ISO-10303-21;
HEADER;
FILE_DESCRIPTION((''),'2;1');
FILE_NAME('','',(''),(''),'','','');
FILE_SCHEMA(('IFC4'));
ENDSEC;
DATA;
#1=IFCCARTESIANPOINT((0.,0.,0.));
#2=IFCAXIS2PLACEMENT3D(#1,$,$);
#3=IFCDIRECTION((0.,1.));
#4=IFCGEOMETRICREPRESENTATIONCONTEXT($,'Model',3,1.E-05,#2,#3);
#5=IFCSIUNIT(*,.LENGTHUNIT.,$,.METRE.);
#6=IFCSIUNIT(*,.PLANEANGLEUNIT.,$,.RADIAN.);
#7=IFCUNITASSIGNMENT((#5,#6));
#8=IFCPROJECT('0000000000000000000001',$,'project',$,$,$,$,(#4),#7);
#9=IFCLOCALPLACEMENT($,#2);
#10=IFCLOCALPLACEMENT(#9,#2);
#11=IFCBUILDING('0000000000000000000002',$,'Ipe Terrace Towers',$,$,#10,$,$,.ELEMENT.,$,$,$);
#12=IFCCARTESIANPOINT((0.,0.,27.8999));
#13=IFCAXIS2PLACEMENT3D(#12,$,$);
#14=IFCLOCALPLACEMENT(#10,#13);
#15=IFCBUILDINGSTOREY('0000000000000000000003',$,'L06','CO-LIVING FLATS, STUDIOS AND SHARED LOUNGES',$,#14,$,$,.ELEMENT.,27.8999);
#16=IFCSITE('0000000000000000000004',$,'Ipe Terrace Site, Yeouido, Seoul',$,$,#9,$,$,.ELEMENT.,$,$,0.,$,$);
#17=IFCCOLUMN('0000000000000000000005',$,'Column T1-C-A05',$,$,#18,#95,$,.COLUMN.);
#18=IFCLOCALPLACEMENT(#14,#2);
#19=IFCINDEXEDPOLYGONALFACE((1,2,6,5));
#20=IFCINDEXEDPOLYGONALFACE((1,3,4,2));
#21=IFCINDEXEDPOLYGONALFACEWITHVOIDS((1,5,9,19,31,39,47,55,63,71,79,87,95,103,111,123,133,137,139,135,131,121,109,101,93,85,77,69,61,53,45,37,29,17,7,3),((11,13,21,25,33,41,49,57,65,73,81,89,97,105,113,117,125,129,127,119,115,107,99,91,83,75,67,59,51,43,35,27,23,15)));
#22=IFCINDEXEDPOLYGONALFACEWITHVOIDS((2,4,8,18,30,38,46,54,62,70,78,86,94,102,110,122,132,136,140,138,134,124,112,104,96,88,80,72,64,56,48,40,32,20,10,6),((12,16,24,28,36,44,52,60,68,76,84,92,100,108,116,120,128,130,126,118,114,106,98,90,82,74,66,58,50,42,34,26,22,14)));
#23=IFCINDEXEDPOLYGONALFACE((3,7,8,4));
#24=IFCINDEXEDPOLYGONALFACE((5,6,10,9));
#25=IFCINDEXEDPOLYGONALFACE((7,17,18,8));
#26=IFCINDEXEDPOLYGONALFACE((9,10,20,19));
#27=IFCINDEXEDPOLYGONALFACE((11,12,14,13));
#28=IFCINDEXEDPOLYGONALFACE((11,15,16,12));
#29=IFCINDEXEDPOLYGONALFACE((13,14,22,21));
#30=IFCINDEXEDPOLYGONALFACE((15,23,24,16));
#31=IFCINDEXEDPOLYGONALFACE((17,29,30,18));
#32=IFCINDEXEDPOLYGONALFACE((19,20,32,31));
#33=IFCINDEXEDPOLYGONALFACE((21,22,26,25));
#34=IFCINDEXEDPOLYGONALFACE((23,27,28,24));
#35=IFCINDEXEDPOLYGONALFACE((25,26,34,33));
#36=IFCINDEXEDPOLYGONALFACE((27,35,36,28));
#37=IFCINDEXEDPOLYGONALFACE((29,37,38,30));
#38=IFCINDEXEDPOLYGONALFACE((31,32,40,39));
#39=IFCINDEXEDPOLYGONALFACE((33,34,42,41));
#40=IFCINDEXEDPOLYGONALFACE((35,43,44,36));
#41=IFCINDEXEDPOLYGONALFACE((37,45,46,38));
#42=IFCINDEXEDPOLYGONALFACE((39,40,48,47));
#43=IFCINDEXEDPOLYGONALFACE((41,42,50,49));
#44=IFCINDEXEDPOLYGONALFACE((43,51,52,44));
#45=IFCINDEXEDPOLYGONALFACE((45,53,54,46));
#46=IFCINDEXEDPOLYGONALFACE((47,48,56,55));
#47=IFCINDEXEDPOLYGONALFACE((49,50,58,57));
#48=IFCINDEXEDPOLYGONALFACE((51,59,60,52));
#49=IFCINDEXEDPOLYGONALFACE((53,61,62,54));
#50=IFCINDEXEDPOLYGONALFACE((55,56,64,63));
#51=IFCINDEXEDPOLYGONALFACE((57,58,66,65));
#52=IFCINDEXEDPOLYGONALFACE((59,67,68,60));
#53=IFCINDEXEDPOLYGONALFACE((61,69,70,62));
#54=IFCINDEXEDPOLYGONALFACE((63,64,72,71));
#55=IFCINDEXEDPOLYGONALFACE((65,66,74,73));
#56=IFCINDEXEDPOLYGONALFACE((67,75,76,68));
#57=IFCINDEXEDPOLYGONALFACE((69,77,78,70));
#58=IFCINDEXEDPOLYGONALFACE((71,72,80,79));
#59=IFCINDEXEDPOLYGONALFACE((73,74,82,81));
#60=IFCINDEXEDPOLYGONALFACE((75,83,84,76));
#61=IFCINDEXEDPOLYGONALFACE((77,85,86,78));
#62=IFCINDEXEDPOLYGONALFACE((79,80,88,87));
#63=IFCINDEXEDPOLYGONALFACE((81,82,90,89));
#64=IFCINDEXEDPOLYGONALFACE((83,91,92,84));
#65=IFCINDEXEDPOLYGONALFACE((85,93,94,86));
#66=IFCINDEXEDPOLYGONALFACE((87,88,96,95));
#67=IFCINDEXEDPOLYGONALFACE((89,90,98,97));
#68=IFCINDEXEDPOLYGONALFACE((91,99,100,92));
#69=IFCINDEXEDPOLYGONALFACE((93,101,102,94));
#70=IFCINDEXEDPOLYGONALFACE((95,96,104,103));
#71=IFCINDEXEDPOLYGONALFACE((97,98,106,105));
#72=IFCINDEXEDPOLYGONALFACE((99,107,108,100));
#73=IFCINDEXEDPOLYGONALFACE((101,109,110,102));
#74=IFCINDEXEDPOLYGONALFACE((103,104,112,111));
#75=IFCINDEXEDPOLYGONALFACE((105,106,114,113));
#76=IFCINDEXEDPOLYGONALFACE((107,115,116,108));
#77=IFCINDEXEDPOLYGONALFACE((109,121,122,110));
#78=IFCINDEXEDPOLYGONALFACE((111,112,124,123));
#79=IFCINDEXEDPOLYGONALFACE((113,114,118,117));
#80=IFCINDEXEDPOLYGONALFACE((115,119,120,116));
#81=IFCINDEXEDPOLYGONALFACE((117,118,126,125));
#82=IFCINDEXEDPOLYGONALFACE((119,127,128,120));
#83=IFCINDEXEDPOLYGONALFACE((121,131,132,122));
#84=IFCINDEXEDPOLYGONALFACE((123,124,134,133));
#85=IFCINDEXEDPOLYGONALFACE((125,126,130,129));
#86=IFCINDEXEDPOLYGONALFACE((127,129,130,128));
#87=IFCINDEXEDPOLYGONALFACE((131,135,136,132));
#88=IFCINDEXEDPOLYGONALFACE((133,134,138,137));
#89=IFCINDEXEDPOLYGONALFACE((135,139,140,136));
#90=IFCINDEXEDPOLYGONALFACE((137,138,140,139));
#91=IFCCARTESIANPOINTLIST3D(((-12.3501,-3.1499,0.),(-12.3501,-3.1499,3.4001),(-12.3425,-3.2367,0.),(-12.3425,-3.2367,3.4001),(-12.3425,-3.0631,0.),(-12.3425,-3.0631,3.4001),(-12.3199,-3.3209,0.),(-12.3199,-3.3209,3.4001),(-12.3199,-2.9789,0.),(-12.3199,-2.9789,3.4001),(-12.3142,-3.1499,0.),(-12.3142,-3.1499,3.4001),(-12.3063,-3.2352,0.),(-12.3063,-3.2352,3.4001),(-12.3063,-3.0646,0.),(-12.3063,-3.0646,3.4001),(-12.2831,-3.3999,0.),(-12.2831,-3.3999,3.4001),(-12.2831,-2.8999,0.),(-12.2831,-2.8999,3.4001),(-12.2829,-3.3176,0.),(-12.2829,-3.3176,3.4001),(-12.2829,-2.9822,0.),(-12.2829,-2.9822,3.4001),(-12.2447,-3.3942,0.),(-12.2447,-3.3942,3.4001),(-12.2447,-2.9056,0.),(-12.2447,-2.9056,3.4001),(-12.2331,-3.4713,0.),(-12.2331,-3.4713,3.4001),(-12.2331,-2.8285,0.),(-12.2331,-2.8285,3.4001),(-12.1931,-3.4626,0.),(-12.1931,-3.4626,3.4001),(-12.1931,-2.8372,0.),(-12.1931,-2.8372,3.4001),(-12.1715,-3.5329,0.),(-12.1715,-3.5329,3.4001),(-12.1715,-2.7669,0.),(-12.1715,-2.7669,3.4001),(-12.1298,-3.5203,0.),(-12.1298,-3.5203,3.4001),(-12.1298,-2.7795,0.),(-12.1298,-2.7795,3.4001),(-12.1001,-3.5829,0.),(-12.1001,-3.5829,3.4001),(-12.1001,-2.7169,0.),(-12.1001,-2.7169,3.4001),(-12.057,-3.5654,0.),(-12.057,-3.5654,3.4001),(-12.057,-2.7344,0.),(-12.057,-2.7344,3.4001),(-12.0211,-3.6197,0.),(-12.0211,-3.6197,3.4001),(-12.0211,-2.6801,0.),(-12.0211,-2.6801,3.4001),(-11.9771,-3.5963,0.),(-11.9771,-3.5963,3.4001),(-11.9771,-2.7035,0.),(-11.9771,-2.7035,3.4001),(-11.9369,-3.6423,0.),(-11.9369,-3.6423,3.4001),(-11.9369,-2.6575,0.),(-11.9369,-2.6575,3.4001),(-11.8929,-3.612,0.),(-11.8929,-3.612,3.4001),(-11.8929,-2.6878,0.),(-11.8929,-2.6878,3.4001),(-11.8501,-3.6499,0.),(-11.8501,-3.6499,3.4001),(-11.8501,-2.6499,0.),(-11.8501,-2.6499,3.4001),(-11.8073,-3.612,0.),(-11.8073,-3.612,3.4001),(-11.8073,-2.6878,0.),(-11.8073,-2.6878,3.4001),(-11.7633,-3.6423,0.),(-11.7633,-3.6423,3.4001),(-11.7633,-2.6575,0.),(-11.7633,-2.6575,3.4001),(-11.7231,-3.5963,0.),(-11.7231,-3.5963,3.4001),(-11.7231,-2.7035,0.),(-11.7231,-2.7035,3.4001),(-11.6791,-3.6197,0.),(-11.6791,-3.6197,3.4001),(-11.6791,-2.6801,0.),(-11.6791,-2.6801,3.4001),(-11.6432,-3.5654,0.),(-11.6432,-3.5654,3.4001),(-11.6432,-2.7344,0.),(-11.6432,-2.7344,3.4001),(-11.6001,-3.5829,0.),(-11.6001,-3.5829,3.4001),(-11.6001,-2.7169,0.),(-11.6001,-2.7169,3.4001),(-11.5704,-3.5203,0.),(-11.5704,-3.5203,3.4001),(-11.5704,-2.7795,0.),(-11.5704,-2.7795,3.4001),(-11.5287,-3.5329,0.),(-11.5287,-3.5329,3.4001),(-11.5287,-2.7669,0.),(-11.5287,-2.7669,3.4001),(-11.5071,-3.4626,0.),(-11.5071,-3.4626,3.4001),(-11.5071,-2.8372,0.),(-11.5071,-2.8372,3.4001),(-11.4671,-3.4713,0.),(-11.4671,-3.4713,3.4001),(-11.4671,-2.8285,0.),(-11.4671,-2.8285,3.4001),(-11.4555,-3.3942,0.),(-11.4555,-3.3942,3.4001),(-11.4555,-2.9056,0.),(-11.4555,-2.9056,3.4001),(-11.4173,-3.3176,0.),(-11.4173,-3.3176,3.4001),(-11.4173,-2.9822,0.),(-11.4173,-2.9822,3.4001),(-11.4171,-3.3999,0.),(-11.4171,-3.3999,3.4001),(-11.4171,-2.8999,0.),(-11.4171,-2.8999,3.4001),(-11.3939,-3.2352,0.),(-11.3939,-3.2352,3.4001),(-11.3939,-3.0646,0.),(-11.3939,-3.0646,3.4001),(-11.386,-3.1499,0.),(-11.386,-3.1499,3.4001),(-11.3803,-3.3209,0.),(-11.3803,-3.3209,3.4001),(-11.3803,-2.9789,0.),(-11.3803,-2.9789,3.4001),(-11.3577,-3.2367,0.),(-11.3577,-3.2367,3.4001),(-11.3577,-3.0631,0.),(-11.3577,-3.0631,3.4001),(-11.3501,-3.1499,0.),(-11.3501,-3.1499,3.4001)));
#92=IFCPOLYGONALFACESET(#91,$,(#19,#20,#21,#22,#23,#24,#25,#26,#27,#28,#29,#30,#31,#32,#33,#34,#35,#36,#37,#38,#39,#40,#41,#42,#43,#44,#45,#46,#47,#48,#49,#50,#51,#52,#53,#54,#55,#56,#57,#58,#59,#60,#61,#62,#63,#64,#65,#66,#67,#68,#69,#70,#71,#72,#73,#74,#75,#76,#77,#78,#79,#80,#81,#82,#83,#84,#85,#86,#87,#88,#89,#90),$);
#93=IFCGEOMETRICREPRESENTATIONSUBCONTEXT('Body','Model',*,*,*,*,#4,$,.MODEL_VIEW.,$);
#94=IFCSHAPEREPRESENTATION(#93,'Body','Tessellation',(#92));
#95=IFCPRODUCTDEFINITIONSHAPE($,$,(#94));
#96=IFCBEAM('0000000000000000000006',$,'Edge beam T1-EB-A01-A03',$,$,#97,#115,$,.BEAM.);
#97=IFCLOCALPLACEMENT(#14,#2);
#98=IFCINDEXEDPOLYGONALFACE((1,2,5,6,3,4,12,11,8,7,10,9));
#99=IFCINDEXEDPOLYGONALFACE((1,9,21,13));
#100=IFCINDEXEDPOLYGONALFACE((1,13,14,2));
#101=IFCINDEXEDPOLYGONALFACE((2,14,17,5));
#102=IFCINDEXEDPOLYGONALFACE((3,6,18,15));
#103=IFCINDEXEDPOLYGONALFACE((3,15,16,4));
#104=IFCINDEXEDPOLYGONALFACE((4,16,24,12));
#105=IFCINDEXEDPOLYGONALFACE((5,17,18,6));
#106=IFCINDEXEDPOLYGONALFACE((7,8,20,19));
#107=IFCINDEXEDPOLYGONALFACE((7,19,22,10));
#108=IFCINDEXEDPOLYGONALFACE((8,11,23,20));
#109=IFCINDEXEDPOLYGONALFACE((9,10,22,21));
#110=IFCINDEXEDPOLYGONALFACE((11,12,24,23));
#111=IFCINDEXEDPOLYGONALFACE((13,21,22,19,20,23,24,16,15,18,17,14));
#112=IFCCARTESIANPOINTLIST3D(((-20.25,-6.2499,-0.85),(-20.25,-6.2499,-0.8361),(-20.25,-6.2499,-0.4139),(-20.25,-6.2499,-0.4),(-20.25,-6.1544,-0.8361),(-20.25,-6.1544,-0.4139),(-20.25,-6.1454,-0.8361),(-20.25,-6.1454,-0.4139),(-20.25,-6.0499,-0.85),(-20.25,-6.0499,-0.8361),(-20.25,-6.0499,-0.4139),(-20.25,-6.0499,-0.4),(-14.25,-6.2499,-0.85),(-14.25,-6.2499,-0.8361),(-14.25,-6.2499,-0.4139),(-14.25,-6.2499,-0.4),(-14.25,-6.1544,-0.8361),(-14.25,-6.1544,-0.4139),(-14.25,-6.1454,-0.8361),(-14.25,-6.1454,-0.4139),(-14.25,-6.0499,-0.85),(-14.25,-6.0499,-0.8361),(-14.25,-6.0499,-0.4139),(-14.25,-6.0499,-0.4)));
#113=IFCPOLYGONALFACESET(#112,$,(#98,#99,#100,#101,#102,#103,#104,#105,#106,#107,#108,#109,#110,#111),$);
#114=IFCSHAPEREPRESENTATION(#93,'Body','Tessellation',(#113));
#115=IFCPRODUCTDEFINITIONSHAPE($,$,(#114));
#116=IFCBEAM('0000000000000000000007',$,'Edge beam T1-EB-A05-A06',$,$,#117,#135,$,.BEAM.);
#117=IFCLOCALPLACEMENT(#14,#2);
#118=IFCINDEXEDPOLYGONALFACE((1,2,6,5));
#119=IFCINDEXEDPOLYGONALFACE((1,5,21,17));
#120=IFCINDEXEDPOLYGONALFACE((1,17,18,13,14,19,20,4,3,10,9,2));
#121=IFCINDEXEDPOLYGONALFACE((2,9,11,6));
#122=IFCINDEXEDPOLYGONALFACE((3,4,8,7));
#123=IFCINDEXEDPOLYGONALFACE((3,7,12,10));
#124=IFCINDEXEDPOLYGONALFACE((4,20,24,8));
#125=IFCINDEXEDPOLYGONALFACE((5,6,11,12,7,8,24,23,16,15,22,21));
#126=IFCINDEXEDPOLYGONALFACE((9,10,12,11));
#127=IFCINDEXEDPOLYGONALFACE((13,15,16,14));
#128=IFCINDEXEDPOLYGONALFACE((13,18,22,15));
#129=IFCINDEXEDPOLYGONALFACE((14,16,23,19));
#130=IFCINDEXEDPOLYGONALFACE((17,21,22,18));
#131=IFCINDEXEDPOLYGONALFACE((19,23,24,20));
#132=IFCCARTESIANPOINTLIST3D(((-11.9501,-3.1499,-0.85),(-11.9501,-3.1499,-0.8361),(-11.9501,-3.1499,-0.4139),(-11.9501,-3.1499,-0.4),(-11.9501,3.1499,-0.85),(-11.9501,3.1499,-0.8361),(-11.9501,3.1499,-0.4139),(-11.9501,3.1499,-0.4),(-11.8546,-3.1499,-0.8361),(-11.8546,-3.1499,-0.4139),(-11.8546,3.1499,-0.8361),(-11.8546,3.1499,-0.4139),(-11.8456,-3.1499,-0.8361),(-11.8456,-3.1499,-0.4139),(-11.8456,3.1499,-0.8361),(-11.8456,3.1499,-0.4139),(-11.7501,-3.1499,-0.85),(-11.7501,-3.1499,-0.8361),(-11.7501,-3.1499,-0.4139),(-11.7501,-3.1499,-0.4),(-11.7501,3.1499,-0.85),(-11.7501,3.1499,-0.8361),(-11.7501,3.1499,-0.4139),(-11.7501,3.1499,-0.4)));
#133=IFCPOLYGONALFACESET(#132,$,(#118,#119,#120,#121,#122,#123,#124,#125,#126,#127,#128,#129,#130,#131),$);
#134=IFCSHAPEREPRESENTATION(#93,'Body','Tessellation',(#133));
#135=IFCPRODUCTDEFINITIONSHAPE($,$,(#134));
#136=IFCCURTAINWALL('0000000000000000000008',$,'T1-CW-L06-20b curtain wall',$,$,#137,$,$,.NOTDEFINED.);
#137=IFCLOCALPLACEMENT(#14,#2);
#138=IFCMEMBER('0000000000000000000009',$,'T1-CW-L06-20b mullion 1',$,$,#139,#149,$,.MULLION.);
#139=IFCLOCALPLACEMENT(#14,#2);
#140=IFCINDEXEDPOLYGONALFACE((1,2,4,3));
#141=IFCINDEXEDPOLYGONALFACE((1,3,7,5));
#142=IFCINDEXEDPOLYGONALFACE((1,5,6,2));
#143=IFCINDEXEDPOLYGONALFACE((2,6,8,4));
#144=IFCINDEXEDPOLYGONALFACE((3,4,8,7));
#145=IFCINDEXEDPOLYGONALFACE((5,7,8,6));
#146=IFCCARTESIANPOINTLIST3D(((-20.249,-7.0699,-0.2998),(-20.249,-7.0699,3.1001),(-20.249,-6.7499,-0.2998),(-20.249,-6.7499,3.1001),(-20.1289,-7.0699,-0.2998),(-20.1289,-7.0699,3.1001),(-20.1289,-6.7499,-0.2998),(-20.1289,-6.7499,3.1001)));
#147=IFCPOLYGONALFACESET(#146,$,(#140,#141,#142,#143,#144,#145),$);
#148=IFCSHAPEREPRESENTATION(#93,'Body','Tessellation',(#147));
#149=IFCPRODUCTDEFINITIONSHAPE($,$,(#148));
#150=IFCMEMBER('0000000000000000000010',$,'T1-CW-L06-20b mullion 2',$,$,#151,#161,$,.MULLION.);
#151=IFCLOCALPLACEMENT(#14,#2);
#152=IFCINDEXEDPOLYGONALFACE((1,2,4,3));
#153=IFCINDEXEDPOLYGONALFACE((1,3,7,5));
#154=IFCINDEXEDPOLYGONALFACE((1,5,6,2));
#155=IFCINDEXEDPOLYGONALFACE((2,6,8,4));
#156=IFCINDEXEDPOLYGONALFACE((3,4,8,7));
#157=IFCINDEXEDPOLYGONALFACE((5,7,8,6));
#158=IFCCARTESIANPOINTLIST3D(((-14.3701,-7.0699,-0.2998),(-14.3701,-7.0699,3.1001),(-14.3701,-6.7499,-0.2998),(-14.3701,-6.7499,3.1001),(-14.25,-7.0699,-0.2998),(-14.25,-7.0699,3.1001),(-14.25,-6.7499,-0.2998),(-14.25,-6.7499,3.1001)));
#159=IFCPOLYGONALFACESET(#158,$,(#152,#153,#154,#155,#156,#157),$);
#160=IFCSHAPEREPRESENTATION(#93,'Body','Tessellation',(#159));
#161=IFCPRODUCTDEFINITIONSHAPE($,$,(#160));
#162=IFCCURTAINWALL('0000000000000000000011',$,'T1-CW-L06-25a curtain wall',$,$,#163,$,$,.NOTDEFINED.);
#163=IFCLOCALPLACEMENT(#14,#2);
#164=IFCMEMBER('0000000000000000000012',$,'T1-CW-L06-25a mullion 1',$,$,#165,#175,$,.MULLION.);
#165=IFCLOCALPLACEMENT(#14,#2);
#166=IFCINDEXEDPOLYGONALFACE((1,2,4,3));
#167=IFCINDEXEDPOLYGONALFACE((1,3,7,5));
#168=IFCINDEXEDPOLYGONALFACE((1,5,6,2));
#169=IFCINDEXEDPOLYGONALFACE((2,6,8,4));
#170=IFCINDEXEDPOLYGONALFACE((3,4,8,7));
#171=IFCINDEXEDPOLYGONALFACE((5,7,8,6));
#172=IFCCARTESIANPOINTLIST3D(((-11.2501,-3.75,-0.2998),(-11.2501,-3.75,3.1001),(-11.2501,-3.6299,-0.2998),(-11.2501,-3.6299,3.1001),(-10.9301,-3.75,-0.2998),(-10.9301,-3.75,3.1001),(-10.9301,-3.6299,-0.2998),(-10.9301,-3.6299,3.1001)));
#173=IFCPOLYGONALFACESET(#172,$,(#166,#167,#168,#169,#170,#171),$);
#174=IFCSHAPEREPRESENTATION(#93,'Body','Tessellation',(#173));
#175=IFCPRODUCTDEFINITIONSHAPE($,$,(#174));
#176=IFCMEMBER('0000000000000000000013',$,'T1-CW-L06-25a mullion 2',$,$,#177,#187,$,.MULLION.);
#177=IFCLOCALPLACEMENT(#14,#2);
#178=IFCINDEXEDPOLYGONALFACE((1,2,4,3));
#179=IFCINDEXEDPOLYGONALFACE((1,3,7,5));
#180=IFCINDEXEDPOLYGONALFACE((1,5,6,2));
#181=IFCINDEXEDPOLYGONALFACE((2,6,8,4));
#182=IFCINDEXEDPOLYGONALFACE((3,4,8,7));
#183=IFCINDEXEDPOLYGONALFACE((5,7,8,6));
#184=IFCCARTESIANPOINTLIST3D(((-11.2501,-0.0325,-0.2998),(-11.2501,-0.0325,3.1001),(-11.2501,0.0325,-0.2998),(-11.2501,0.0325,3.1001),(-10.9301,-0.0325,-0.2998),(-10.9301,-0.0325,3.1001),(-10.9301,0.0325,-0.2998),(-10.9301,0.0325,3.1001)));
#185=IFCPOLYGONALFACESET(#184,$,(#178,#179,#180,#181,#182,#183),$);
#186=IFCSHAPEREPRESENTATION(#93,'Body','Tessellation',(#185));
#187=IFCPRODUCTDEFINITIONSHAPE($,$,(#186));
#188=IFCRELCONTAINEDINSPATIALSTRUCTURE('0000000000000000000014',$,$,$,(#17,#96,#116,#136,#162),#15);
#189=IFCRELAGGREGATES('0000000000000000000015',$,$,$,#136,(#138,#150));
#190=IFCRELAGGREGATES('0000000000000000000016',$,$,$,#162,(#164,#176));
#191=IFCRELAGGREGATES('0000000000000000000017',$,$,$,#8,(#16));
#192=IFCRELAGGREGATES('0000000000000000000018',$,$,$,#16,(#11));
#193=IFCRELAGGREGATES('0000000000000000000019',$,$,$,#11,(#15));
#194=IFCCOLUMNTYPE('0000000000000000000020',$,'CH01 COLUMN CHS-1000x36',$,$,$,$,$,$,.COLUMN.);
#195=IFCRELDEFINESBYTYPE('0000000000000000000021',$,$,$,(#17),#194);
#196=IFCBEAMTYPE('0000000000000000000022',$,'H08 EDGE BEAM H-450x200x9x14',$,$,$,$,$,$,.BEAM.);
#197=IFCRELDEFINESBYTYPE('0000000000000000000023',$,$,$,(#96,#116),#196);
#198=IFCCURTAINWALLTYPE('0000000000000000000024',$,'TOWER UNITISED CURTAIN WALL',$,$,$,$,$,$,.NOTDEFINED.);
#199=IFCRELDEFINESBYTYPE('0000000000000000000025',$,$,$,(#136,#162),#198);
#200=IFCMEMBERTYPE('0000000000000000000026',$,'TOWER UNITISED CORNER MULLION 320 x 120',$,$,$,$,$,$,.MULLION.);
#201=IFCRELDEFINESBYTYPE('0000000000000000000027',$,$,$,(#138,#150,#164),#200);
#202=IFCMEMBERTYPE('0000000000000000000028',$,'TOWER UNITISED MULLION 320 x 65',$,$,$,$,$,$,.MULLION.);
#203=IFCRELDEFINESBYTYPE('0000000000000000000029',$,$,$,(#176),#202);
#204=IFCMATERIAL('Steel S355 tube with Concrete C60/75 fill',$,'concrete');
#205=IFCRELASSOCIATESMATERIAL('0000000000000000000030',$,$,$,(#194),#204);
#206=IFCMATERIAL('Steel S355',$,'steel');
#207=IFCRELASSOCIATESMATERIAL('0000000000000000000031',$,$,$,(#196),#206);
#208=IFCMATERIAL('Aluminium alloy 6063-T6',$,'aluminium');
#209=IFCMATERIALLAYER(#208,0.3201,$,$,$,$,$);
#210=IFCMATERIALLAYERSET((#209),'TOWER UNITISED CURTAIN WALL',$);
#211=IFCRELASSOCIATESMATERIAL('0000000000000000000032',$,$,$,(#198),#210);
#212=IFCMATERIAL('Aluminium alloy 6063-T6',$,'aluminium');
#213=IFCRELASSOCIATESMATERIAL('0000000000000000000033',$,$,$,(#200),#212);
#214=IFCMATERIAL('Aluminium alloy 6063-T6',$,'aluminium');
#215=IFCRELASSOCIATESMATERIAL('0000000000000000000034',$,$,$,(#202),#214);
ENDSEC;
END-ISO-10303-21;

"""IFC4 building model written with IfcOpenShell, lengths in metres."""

from ifc_helpers import new_model, si_unit, direction, frame, origin, origin_2d, place, context, subcontext, project, spatial, rectangle, hollow_circle, i_section, extrude, material, layer, layer_set, material_profile, profile_set, type_object, element, aggregate, save


model = new_model("IFC4")

# Units and contexts
model_context = context("Model", 3, precision=1e-05, world=origin(), true_north=direction((0.0, 1.0)))
body_context = subcontext(model_context, "Body", "Model", "MODEL_VIEW")
ifc_project = project(units=[si_unit("LENGTHUNIT", "METRE"), si_unit("PLANEANGLEUNIT", "RADIAN")], contexts=[model_context])

# Site, building, storey
site_placement = place(None, origin())
site = spatial("IfcSite", under=ifc_project, at=site_placement, Name="Ipe Terrace Site, Yeouido, Seoul", CompositionType="ELEMENT", RefElevation=0.0)
building_placement = place(site_placement, origin())
building = spatial("IfcBuilding", under=site, at=building_placement, Name="Ipe Terrace Towers", CompositionType="ELEMENT")
storey_placement = place(building_placement, frame((0.0, 0.0, 27.8999)))
storey = spatial("IfcBuildingStorey", under=building, at=storey_placement, Name="L06", Description="CO-LIVING FLATS, STUDIOS AND SHARED LOUNGES", CompositionType="ELEMENT", Elevation=27.8999)

# Column
ifc_material_1 = material(Name="Steel S355 tube with Concrete C60/75 fill", Category="concrete")
ifc_material_profile_1 = material_profile(ifc_material_1, hollow_circle(Radius=0.5, WallThickness=0.0359, at=origin_2d()), Name="CHS-1000x36")
ifc_profile_set_1 = profile_set([ifc_material_profile_1], Name="Steel S355 tube with Concrete C60/75 fill")
column_type = type_object("IfcColumnType", Name="CH01 COLUMN CHS-1000x36", PredefinedType="COLUMN", material=ifc_profile_set_1)
for number, where, z_axis, x_axis, name in (
    (1, (-11.8501, -3.1499, 0.0), (0.0, 0.0, 1.0), (1.0, 0.0, 0.0), "Column T1-C-A05"),
):
    element("IfcColumn", number, at=place(storey_placement, frame(where, z_axis=z_axis, x_axis=x_axis)), inside=storey, type_object=column_type, Name=name, PredefinedType="COLUMN", context=body_context, shape_type="SweptSolid", body=[
        extrude(hollow_circle(Radius=0.5, WallThickness=0.0359, at=origin_2d()), origin(), (0.0, 0.0, 1.0), 3.4001),
    ])

# Beams
ifc_material_2 = material(Name="Steel S355", Category="steel")
ifc_material_profile_2 = material_profile(ifc_material_2, i_section(OverallWidth=0.2, OverallDepth=0.45, WebThickness=0.009, FlangeThickness=0.0139, at=origin_2d()), Name="H-450x200x9x14")
ifc_profile_set_2 = profile_set([ifc_material_profile_2], Name="Steel S355")
beam_type = type_object("IfcBeamType", Name="H08 EDGE BEAM H-450x200x9x14", PredefinedType="BEAM", material=ifc_profile_set_2)
beam_1_placement = place(storey_placement, frame((-20.25, -6.1499, -0.625), z_axis=(1.0, 0.0, 0.0), x_axis=(0.0, 1.0, 0.0)))
element("IfcBeam", 2, at=beam_1_placement, inside=storey, type_object=beam_type, Name="Edge beam T1-EB-A01-A03", PredefinedType="BEAM", context=body_context, shape_type="SweptSolid", body=[
    extrude(i_section(OverallWidth=0.2, OverallDepth=0.45, WebThickness=0.009, FlangeThickness=0.0139, at=origin_2d()), origin(), (0.0, 0.0, 1.0), 6.0),
])
beam_2_placement = place(storey_placement, frame((-11.8501, -3.1499, -0.625), z_axis=(0.0, 1.0, 0.0), x_axis=(-1.0, 0.0, 0.0)))
element("IfcBeam", 3, at=beam_2_placement, inside=storey, type_object=beam_type, Name="Edge beam T1-EB-A05-A06", PredefinedType="BEAM", context=body_context, shape_type="SweptSolid", body=[
    extrude(i_section(OverallWidth=0.2, OverallDepth=0.45, WebThickness=0.009, FlangeThickness=0.0139, at=origin_2d()), origin(), (0.0, 0.0, 1.0), 6.2998),
])

# Curtain walls, members
ifc_material_3 = material(Name="Aluminium alloy 6063-T6", Category="aluminium")
ifc_layer_1 = layer(ifc_material_3, 0.3201)
ifc_layer_set_1 = layer_set([ifc_layer_1], Name="TOWER UNITISED CURTAIN WALL")
curtain_wall_type = type_object("IfcCurtainWallType", Name="TOWER UNITISED CURTAIN WALL", PredefinedType="NOTDEFINED", material=ifc_layer_set_1)
curtain_wall_1_placement = place(storey_placement, origin())
curtain_wall_1 = element("IfcCurtainWall", 4, at=curtain_wall_1_placement, inside=storey, type_object=curtain_wall_type, Name="T1-CW-L06-20b curtain wall", PredefinedType="NOTDEFINED")
ifc_material_4 = material(Name="Aluminium alloy 6063-T6", Category="aluminium")
ifc_material_profile_3 = material_profile(ifc_material_4, rectangle(XDim=0.3201, YDim=0.1201, at=origin_2d()), Name="TOWER UNITISED CORNER MULLION 320 x 120")
ifc_profile_set_3 = profile_set([ifc_material_profile_3], Name="Aluminium alloy 6063-T6")
member_type_1 = type_object("IfcMemberType", Name="TOWER UNITISED CORNER MULLION 320 x 120", PredefinedType="MULLION", material=ifc_profile_set_3)
member_1_placement = place(storey_placement, frame((-20.189, -6.9099, -0.2998), z_axis=(0.0, 0.0, 1.0), x_axis=(0.0, -1.0, 0.0)))
member_1 = element("IfcMember", 5, at=member_1_placement, type_object=member_type_1, Name="T1-CW-L06-20b mullion 1", PredefinedType="MULLION", context=body_context, shape_type="SweptSolid", body=[
    extrude(rectangle(XDim=0.3201, YDim=0.1201, at=origin_2d()), origin(), (0.0, 0.0, 1.0), 3.3999),
])
member_2_placement = place(storey_placement, frame((-14.3101, -6.9099, -0.2998), z_axis=(0.0, 0.0, 1.0), x_axis=(0.0, -1.0, 0.0)))
member_2 = element("IfcMember", 6, at=member_2_placement, type_object=member_type_1, Name="T1-CW-L06-20b mullion 2", PredefinedType="MULLION", context=body_context, shape_type="SweptSolid", body=[
    extrude(rectangle(XDim=0.3201, YDim=0.1201, at=origin_2d()), origin(), (0.0, 0.0, 1.0), 3.3999),
])
curtain_wall_2_placement = place(storey_placement, origin())
curtain_wall_2 = element("IfcCurtainWall", 7, at=curtain_wall_2_placement, inside=storey, type_object=curtain_wall_type, Name="T1-CW-L06-25a curtain wall", PredefinedType="NOTDEFINED")
member_3_placement = place(storey_placement, frame((-11.0901, -3.6899, -0.2998), z_axis=(0.0, 0.0, 1.0), x_axis=(1.0, 0.0, 0.0)))
member_3 = element("IfcMember", 8, at=member_3_placement, type_object=member_type_1, Name="T1-CW-L06-25a mullion 1", PredefinedType="MULLION", context=body_context, shape_type="SweptSolid", body=[
    extrude(rectangle(XDim=0.3201, YDim=0.1201, at=origin_2d()), origin(), (0.0, 0.0, 1.0), 3.3999),
])
ifc_material_5 = material(Name="Aluminium alloy 6063-T6", Category="aluminium")
ifc_material_profile_4 = material_profile(ifc_material_5, rectangle(XDim=0.3201, YDim=0.0649, at=origin_2d()), Name="TOWER UNITISED MULLION 320 x 65")
ifc_profile_set_4 = profile_set([ifc_material_profile_4], Name="Aluminium alloy 6063-T6")
member_type_2 = type_object("IfcMemberType", Name="TOWER UNITISED MULLION 320 x 65", PredefinedType="MULLION", material=ifc_profile_set_4)
member_4_placement = place(storey_placement, frame((-11.0901, 0.0, -0.2998), z_axis=(0.0, 0.0, 1.0), x_axis=(1.0, 0.0, 0.0)))
member_4 = element("IfcMember", 9, at=member_4_placement, type_object=member_type_2, Name="T1-CW-L06-25a mullion 2", PredefinedType="MULLION", context=body_context, shape_type="SweptSolid", body=[
    extrude(rectangle(XDim=0.3201, YDim=0.0649, at=origin_2d()), origin(), (0.0, 0.0, 1.0), 3.3999),
])

aggregate(curtain_wall_1, [member_1, member_2])
aggregate(curtain_wall_2, [member_3, member_4])

save(model, "model.ifc")
